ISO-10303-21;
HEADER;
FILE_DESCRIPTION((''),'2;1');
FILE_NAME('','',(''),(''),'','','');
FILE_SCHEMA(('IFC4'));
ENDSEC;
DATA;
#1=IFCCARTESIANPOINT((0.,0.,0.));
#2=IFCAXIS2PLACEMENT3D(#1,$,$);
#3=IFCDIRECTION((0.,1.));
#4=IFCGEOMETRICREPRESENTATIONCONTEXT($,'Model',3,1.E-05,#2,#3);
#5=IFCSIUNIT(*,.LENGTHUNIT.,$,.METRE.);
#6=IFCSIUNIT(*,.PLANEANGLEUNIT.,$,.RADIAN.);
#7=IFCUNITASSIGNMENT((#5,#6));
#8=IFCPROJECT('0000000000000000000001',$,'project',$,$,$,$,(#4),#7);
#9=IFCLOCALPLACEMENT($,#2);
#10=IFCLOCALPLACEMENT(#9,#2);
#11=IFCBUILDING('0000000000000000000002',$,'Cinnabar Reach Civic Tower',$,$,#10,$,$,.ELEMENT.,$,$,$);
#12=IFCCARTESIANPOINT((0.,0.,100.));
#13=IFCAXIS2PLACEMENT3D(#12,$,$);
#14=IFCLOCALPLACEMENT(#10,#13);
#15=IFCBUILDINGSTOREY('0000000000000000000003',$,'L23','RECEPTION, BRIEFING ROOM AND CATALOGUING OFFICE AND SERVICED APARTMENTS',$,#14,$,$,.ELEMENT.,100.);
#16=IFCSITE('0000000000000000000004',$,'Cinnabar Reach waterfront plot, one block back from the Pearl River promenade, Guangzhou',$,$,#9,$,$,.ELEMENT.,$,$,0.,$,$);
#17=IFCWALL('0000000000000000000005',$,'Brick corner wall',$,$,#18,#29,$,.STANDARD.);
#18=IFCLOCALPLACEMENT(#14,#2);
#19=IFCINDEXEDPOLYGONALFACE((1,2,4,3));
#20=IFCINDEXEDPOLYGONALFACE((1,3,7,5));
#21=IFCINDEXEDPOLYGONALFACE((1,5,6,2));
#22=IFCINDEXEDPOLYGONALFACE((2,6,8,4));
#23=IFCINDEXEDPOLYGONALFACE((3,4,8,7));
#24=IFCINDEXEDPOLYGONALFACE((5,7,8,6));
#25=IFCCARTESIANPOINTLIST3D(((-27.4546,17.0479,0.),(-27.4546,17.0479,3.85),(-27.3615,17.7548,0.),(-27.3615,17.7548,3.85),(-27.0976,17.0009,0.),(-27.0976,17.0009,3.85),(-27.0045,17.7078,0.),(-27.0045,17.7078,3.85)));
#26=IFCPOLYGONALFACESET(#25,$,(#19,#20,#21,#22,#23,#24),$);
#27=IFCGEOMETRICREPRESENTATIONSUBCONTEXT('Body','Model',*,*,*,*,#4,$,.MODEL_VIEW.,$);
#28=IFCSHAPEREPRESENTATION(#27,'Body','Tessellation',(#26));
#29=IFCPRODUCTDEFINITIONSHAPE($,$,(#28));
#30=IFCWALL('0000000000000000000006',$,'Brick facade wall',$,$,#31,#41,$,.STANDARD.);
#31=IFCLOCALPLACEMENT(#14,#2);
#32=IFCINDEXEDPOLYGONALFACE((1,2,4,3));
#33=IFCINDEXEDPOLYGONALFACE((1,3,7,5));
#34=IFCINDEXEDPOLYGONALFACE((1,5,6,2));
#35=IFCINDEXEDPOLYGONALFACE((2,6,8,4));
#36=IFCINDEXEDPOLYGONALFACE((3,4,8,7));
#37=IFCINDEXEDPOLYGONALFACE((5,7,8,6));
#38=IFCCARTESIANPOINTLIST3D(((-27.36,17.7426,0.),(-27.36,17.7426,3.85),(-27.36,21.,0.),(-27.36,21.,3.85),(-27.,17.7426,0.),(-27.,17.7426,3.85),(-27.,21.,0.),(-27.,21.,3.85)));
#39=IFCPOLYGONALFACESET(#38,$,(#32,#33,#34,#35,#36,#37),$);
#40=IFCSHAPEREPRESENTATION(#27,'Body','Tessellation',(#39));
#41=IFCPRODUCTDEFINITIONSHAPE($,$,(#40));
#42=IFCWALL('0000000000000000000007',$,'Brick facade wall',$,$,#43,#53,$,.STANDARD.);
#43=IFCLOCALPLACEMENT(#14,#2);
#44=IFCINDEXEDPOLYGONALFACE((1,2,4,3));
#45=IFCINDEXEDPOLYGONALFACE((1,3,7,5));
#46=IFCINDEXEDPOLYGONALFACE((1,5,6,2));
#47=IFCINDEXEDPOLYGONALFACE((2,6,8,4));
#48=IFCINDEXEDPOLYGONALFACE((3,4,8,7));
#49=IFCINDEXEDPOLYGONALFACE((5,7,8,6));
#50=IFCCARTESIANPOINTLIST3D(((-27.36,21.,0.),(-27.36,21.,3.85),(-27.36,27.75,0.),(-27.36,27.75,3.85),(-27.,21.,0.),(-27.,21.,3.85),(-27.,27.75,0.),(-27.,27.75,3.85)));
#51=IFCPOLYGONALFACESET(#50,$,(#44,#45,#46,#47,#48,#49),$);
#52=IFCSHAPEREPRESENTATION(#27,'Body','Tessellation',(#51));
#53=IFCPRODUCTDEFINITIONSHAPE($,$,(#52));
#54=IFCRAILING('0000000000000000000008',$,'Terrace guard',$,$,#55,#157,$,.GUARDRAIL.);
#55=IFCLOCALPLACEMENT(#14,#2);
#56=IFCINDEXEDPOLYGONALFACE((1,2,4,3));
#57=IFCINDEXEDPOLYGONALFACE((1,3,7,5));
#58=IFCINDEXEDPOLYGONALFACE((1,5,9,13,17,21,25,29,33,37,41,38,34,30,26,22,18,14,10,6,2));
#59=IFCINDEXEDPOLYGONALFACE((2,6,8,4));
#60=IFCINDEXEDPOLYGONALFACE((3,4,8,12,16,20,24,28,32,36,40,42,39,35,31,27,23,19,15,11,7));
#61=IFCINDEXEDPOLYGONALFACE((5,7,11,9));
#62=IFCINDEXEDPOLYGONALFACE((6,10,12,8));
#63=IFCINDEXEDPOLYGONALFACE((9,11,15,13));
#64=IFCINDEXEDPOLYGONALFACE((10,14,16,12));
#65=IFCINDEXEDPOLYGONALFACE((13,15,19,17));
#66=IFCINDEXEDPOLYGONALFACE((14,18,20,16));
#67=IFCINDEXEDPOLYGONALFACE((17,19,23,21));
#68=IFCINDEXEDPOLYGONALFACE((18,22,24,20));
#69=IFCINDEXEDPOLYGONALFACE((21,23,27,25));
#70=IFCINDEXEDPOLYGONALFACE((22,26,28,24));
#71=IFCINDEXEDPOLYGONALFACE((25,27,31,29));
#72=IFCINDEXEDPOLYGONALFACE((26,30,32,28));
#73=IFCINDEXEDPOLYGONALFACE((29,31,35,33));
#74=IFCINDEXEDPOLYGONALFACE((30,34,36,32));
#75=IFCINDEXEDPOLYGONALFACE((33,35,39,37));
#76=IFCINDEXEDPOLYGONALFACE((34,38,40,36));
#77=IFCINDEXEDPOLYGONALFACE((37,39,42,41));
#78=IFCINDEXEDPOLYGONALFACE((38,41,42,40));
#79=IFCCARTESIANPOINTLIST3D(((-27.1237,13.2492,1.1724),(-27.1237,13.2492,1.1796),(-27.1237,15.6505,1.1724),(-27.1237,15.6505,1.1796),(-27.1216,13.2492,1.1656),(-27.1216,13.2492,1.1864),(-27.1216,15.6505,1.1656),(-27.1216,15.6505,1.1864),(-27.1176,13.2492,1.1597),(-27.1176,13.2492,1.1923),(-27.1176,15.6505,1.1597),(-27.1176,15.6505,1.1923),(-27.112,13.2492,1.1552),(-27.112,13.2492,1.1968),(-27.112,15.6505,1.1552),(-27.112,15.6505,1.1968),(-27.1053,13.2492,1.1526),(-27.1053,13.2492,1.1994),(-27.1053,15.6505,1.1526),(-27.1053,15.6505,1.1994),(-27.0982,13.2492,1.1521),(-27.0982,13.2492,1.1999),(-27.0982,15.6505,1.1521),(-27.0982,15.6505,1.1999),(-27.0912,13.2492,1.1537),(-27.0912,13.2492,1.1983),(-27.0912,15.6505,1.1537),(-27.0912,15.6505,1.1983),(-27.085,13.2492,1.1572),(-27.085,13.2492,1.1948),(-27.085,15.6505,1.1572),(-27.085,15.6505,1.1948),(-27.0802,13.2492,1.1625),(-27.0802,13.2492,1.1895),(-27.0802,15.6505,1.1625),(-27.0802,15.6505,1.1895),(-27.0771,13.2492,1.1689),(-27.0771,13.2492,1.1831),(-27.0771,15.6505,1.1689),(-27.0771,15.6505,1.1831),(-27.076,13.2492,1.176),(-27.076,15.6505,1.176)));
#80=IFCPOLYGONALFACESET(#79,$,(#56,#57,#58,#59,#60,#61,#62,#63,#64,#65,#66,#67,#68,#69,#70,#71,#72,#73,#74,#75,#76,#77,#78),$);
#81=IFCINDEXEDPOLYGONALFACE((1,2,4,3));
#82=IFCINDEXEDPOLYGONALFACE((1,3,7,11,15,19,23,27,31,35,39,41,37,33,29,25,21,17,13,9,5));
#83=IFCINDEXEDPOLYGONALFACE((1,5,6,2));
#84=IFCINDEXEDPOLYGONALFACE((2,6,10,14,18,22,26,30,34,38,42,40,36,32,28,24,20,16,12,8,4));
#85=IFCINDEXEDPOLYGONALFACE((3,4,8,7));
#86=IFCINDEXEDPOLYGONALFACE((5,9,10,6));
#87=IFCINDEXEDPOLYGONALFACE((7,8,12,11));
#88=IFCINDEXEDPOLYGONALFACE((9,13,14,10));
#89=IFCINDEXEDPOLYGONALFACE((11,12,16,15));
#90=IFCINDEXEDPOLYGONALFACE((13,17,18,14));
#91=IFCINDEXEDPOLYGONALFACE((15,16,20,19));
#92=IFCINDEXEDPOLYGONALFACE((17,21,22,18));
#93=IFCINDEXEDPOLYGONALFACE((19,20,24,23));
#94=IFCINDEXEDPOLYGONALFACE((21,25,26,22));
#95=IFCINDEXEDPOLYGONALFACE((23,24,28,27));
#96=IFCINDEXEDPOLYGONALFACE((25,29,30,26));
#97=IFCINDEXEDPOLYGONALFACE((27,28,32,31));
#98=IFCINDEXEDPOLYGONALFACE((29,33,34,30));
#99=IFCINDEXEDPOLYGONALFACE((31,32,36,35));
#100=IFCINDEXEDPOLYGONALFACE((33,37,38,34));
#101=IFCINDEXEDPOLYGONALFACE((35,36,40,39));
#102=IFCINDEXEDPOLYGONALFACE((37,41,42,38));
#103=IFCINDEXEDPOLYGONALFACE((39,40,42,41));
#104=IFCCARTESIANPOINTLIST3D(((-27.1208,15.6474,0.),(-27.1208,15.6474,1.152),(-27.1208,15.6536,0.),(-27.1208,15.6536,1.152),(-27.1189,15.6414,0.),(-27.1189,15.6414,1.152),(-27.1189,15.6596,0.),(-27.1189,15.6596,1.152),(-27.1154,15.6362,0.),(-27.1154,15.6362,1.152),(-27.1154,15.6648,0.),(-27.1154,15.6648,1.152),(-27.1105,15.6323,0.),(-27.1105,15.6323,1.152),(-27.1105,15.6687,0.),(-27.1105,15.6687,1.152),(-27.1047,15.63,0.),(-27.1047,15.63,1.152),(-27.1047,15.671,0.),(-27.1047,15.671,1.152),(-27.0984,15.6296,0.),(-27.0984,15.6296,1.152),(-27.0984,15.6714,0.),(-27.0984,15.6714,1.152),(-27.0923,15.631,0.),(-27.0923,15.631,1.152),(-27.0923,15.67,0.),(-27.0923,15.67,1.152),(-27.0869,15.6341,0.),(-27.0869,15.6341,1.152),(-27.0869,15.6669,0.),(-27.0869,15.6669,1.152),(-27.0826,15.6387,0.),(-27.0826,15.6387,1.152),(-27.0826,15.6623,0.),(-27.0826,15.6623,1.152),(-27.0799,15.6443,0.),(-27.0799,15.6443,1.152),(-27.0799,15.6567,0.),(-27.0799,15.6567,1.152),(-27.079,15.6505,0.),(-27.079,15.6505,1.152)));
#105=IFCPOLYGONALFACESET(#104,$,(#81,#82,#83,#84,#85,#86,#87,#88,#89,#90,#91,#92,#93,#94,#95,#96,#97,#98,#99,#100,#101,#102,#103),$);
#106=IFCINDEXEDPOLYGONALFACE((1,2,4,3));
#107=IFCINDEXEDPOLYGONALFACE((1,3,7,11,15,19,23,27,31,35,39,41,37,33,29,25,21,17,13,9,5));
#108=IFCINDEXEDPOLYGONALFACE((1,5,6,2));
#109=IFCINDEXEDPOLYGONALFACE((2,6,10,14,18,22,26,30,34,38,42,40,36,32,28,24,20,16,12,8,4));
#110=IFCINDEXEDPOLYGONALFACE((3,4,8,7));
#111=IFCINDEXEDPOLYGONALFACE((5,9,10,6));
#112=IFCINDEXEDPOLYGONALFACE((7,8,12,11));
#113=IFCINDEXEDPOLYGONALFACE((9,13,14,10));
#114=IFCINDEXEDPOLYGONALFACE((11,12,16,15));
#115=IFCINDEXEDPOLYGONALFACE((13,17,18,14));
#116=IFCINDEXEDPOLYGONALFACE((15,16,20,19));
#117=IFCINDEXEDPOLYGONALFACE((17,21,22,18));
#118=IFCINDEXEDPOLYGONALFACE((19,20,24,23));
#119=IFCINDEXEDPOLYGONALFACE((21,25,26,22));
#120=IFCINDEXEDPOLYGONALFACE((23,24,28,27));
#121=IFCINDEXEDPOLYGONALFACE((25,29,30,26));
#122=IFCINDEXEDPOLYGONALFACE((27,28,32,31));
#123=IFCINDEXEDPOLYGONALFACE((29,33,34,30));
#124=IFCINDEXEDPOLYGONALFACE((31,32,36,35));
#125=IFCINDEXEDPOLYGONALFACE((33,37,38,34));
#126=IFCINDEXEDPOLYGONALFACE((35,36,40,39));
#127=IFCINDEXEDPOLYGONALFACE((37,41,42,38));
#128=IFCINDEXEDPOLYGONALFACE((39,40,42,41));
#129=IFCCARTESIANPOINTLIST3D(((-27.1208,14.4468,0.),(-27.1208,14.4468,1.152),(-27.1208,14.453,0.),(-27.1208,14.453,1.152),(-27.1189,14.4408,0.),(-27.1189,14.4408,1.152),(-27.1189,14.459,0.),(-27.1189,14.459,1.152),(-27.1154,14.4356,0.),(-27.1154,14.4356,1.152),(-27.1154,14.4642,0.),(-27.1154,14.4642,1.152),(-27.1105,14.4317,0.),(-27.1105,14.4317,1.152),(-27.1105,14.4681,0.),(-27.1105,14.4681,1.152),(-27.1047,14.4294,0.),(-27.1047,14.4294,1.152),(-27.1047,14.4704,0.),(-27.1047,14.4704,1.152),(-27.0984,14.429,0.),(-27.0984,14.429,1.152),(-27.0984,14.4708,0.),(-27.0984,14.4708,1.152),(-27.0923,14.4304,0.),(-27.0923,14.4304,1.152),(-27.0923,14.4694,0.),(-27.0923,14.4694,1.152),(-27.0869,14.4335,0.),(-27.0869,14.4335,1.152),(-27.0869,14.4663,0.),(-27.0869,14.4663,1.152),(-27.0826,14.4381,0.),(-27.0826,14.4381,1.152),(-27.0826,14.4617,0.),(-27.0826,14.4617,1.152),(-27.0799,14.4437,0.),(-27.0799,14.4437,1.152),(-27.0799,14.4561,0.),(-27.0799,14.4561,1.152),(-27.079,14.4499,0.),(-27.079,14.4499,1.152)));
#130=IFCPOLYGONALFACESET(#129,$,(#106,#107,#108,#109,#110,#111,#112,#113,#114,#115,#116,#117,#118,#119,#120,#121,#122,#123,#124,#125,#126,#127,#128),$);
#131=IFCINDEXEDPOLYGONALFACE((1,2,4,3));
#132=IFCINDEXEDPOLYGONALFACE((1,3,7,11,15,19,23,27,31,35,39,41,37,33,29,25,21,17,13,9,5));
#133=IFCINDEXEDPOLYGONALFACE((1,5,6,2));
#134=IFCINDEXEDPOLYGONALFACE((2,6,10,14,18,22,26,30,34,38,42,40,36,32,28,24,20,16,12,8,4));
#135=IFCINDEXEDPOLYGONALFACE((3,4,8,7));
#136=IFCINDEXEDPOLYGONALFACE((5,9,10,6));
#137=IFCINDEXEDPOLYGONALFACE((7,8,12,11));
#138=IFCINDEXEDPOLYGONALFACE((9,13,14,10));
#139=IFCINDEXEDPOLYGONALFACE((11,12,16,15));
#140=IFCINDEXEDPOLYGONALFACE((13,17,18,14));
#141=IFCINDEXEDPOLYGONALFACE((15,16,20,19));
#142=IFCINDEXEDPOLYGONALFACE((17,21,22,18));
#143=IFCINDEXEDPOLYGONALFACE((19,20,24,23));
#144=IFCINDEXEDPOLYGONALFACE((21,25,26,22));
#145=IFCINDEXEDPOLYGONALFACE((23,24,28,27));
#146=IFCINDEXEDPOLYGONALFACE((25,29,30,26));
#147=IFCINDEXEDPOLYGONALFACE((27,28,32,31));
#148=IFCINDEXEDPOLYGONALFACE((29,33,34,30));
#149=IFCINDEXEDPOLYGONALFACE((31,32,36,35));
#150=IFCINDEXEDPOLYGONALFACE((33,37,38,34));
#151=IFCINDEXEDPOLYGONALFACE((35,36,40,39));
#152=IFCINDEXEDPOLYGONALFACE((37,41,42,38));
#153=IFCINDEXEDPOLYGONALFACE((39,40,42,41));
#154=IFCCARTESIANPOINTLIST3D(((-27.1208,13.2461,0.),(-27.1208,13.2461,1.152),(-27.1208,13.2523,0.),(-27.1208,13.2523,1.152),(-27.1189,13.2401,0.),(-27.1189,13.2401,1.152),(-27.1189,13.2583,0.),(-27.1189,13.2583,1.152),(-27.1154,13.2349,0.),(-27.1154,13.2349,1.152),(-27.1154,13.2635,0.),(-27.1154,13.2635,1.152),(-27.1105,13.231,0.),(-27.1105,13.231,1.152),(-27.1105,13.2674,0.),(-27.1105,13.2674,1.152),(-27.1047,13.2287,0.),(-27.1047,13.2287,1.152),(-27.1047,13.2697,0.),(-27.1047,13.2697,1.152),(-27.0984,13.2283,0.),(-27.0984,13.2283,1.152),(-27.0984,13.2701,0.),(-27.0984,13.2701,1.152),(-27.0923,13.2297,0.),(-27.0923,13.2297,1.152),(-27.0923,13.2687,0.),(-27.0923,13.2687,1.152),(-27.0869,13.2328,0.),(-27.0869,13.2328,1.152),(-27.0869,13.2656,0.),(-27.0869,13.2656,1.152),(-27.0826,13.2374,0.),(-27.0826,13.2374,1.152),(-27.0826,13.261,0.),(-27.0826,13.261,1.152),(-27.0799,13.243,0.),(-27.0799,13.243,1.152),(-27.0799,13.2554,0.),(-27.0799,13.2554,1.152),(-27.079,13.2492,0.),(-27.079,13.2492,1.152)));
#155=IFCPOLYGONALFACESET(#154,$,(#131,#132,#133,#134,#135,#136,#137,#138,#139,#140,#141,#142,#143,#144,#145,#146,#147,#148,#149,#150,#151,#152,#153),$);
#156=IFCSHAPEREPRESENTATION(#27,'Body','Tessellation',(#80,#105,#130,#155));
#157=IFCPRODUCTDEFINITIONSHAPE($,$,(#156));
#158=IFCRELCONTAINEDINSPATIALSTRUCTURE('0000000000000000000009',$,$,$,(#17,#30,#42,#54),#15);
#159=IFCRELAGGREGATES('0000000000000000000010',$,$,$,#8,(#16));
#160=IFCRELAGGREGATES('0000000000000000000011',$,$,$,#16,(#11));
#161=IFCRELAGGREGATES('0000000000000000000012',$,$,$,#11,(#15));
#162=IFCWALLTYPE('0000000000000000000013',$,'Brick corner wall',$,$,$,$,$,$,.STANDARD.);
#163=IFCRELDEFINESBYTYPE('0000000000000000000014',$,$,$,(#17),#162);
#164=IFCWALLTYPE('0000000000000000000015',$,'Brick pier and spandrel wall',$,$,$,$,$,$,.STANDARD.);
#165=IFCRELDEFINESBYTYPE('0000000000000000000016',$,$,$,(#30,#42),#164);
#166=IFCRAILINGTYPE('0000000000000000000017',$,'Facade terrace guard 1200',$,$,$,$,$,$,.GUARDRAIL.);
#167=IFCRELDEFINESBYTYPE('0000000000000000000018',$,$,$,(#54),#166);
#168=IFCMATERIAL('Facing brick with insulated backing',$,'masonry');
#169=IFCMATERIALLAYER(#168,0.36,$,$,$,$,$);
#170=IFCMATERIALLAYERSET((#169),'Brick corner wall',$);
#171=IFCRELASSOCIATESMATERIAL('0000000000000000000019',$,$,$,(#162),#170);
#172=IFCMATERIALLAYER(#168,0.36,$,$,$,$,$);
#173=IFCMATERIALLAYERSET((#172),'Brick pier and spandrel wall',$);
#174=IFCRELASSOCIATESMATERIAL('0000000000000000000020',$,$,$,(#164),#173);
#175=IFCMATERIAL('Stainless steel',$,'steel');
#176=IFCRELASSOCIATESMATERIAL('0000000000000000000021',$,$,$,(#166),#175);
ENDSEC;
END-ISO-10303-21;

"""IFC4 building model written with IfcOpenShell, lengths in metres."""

from ifc_helpers import new_model, si_unit, direction, frame, frame_2d, origin, origin_2d, place, context, subcontext, project, spatial, rectangle, circle, extrude, material, layer, layer_set, type_object, element, save


model = new_model("IFC4")

# Units and contexts
model_context = context("Model", 3, precision=1e-05, world=origin(), true_north=direction((0.0, 1.0)))
body_context = subcontext(model_context, "Body", "Model", "MODEL_VIEW")
ifc_project = project(units=[si_unit("LENGTHUNIT", "METRE"), si_unit("PLANEANGLEUNIT", "RADIAN")], contexts=[model_context])

# Site, building, storey
site_placement = place(None, origin())
site = spatial("IfcSite", under=ifc_project, at=site_placement, Name="Cinnabar Reach waterfront plot, one block back from the Pearl River promenade, Guangzhou", CompositionType="ELEMENT", RefElevation=0.0)
building_placement = place(site_placement, origin())
building = spatial("IfcBuilding", under=site, at=building_placement, Name="Cinnabar Reach Civic Tower", CompositionType="ELEMENT")
storey_placement = place(building_placement, frame((0.0, 0.0, 100.0)))
storey = spatial("IfcBuildingStorey", under=building, at=storey_placement, Name="L23", Description="RECEPTION, BRIEFING ROOM AND CATALOGUING OFFICE AND SERVICED APARTMENTS", CompositionType="ELEMENT", Elevation=100.0)

# Walls
ifc_material_1 = material(Name="Facing brick with insulated backing", Category="masonry")
ifc_layer_1 = layer(ifc_material_1, 0.36)
ifc_layer_set_1 = layer_set([ifc_layer_1], Name="Brick corner wall")
wall_type_1 = type_object("IfcWallType", Name="Brick corner wall", PredefinedType="STANDARD", material=ifc_layer_set_1)
wall_1_placement = place(storey_placement, frame((-27.2761, 17.0244, 0.0), z_axis=(0.0, 0.0, 1.0), x_axis=(0.130556, 0.991441, 0.0)))
element("IfcWall", 1, at=wall_1_placement, inside=storey, type_object=wall_type_1, Name="Brick corner wall", PredefinedType="STANDARD", context=body_context, shape_type="SweptSolid", body=[
    extrude(rectangle(XDim=0.7131, YDim=0.36, at=frame_2d((0.3565, 0.0))), origin(), (0.0, 0.0, 1.0), 3.85),
])
ifc_layer_2 = layer(ifc_material_1, 0.36)
ifc_layer_set_2 = layer_set([ifc_layer_2], Name="Brick pier and spandrel wall")
wall_type_2 = type_object("IfcWallType", Name="Brick pier and spandrel wall", PredefinedType="STANDARD", material=ifc_layer_set_2)
wall_2_placement = place(storey_placement, frame((-27.18, 17.7426, 0.0), z_axis=(0.0, 0.0, 1.0), x_axis=(0.0, 1.0, 0.0)))
element("IfcWall", 2, at=wall_2_placement, inside=storey, type_object=wall_type_2, Name="Brick facade wall", PredefinedType="STANDARD", context=body_context, shape_type="SweptSolid", body=[
    extrude(rectangle(XDim=3.2574, YDim=0.36, at=frame_2d((1.6287, 0.0))), origin(), (0.0, 0.0, 1.0), 3.85),
])
wall_3_placement = place(storey_placement, frame((-27.18, 21.0, 0.0), z_axis=(0.0, 0.0, 1.0), x_axis=(0.0, 1.0, 0.0)))
element("IfcWall", 3, at=wall_3_placement, inside=storey, type_object=wall_type_2, Name="Brick facade wall", PredefinedType="STANDARD", context=body_context, shape_type="SweptSolid", body=[
    extrude(rectangle(XDim=6.75, YDim=0.36, at=frame_2d((3.375, 0.0))), origin(), (0.0, 0.0, 1.0), 3.85),
])

# Railing
ifc_material_2 = material(Name="Stainless steel", Category="steel")
railing_type = type_object("IfcRailingType", Name="Facade terrace guard 1200", PredefinedType="GUARDRAIL", material=ifc_material_2)
railing_1_placement = place(storey_placement, frame((-27.1, 15.6505, 0.0)))
element("IfcRailing", 4, at=railing_1_placement, inside=storey, type_object=railing_type, Name="Terrace guard", PredefinedType="GUARDRAIL", context=body_context, shape_type="SweptSolid", body=[
    extrude(circle(Radius=0.024, at=origin_2d()), frame((0.0, 0.0, 1.176), z_axis=(0.0, -1.0, 0.0), x_axis=(1.0, 0.0, 0.0)), (0.0, 0.0, 1.0), 2.4013),
    extrude(circle(Radius=0.021, at=origin_2d()), origin(), (0.0, 0.0, 1.0), 1.152),
    extrude(circle(Radius=0.021, at=origin_2d()), frame((0.0, -1.2006, 0.0)), (0.0, 0.0, 1.0), 1.152),
    extrude(circle(Radius=0.021, at=origin_2d()), frame((0.0, -2.4013, 0.0)), (0.0, 0.0, 1.0), 1.152),
])

save(model, "model.ifc")
